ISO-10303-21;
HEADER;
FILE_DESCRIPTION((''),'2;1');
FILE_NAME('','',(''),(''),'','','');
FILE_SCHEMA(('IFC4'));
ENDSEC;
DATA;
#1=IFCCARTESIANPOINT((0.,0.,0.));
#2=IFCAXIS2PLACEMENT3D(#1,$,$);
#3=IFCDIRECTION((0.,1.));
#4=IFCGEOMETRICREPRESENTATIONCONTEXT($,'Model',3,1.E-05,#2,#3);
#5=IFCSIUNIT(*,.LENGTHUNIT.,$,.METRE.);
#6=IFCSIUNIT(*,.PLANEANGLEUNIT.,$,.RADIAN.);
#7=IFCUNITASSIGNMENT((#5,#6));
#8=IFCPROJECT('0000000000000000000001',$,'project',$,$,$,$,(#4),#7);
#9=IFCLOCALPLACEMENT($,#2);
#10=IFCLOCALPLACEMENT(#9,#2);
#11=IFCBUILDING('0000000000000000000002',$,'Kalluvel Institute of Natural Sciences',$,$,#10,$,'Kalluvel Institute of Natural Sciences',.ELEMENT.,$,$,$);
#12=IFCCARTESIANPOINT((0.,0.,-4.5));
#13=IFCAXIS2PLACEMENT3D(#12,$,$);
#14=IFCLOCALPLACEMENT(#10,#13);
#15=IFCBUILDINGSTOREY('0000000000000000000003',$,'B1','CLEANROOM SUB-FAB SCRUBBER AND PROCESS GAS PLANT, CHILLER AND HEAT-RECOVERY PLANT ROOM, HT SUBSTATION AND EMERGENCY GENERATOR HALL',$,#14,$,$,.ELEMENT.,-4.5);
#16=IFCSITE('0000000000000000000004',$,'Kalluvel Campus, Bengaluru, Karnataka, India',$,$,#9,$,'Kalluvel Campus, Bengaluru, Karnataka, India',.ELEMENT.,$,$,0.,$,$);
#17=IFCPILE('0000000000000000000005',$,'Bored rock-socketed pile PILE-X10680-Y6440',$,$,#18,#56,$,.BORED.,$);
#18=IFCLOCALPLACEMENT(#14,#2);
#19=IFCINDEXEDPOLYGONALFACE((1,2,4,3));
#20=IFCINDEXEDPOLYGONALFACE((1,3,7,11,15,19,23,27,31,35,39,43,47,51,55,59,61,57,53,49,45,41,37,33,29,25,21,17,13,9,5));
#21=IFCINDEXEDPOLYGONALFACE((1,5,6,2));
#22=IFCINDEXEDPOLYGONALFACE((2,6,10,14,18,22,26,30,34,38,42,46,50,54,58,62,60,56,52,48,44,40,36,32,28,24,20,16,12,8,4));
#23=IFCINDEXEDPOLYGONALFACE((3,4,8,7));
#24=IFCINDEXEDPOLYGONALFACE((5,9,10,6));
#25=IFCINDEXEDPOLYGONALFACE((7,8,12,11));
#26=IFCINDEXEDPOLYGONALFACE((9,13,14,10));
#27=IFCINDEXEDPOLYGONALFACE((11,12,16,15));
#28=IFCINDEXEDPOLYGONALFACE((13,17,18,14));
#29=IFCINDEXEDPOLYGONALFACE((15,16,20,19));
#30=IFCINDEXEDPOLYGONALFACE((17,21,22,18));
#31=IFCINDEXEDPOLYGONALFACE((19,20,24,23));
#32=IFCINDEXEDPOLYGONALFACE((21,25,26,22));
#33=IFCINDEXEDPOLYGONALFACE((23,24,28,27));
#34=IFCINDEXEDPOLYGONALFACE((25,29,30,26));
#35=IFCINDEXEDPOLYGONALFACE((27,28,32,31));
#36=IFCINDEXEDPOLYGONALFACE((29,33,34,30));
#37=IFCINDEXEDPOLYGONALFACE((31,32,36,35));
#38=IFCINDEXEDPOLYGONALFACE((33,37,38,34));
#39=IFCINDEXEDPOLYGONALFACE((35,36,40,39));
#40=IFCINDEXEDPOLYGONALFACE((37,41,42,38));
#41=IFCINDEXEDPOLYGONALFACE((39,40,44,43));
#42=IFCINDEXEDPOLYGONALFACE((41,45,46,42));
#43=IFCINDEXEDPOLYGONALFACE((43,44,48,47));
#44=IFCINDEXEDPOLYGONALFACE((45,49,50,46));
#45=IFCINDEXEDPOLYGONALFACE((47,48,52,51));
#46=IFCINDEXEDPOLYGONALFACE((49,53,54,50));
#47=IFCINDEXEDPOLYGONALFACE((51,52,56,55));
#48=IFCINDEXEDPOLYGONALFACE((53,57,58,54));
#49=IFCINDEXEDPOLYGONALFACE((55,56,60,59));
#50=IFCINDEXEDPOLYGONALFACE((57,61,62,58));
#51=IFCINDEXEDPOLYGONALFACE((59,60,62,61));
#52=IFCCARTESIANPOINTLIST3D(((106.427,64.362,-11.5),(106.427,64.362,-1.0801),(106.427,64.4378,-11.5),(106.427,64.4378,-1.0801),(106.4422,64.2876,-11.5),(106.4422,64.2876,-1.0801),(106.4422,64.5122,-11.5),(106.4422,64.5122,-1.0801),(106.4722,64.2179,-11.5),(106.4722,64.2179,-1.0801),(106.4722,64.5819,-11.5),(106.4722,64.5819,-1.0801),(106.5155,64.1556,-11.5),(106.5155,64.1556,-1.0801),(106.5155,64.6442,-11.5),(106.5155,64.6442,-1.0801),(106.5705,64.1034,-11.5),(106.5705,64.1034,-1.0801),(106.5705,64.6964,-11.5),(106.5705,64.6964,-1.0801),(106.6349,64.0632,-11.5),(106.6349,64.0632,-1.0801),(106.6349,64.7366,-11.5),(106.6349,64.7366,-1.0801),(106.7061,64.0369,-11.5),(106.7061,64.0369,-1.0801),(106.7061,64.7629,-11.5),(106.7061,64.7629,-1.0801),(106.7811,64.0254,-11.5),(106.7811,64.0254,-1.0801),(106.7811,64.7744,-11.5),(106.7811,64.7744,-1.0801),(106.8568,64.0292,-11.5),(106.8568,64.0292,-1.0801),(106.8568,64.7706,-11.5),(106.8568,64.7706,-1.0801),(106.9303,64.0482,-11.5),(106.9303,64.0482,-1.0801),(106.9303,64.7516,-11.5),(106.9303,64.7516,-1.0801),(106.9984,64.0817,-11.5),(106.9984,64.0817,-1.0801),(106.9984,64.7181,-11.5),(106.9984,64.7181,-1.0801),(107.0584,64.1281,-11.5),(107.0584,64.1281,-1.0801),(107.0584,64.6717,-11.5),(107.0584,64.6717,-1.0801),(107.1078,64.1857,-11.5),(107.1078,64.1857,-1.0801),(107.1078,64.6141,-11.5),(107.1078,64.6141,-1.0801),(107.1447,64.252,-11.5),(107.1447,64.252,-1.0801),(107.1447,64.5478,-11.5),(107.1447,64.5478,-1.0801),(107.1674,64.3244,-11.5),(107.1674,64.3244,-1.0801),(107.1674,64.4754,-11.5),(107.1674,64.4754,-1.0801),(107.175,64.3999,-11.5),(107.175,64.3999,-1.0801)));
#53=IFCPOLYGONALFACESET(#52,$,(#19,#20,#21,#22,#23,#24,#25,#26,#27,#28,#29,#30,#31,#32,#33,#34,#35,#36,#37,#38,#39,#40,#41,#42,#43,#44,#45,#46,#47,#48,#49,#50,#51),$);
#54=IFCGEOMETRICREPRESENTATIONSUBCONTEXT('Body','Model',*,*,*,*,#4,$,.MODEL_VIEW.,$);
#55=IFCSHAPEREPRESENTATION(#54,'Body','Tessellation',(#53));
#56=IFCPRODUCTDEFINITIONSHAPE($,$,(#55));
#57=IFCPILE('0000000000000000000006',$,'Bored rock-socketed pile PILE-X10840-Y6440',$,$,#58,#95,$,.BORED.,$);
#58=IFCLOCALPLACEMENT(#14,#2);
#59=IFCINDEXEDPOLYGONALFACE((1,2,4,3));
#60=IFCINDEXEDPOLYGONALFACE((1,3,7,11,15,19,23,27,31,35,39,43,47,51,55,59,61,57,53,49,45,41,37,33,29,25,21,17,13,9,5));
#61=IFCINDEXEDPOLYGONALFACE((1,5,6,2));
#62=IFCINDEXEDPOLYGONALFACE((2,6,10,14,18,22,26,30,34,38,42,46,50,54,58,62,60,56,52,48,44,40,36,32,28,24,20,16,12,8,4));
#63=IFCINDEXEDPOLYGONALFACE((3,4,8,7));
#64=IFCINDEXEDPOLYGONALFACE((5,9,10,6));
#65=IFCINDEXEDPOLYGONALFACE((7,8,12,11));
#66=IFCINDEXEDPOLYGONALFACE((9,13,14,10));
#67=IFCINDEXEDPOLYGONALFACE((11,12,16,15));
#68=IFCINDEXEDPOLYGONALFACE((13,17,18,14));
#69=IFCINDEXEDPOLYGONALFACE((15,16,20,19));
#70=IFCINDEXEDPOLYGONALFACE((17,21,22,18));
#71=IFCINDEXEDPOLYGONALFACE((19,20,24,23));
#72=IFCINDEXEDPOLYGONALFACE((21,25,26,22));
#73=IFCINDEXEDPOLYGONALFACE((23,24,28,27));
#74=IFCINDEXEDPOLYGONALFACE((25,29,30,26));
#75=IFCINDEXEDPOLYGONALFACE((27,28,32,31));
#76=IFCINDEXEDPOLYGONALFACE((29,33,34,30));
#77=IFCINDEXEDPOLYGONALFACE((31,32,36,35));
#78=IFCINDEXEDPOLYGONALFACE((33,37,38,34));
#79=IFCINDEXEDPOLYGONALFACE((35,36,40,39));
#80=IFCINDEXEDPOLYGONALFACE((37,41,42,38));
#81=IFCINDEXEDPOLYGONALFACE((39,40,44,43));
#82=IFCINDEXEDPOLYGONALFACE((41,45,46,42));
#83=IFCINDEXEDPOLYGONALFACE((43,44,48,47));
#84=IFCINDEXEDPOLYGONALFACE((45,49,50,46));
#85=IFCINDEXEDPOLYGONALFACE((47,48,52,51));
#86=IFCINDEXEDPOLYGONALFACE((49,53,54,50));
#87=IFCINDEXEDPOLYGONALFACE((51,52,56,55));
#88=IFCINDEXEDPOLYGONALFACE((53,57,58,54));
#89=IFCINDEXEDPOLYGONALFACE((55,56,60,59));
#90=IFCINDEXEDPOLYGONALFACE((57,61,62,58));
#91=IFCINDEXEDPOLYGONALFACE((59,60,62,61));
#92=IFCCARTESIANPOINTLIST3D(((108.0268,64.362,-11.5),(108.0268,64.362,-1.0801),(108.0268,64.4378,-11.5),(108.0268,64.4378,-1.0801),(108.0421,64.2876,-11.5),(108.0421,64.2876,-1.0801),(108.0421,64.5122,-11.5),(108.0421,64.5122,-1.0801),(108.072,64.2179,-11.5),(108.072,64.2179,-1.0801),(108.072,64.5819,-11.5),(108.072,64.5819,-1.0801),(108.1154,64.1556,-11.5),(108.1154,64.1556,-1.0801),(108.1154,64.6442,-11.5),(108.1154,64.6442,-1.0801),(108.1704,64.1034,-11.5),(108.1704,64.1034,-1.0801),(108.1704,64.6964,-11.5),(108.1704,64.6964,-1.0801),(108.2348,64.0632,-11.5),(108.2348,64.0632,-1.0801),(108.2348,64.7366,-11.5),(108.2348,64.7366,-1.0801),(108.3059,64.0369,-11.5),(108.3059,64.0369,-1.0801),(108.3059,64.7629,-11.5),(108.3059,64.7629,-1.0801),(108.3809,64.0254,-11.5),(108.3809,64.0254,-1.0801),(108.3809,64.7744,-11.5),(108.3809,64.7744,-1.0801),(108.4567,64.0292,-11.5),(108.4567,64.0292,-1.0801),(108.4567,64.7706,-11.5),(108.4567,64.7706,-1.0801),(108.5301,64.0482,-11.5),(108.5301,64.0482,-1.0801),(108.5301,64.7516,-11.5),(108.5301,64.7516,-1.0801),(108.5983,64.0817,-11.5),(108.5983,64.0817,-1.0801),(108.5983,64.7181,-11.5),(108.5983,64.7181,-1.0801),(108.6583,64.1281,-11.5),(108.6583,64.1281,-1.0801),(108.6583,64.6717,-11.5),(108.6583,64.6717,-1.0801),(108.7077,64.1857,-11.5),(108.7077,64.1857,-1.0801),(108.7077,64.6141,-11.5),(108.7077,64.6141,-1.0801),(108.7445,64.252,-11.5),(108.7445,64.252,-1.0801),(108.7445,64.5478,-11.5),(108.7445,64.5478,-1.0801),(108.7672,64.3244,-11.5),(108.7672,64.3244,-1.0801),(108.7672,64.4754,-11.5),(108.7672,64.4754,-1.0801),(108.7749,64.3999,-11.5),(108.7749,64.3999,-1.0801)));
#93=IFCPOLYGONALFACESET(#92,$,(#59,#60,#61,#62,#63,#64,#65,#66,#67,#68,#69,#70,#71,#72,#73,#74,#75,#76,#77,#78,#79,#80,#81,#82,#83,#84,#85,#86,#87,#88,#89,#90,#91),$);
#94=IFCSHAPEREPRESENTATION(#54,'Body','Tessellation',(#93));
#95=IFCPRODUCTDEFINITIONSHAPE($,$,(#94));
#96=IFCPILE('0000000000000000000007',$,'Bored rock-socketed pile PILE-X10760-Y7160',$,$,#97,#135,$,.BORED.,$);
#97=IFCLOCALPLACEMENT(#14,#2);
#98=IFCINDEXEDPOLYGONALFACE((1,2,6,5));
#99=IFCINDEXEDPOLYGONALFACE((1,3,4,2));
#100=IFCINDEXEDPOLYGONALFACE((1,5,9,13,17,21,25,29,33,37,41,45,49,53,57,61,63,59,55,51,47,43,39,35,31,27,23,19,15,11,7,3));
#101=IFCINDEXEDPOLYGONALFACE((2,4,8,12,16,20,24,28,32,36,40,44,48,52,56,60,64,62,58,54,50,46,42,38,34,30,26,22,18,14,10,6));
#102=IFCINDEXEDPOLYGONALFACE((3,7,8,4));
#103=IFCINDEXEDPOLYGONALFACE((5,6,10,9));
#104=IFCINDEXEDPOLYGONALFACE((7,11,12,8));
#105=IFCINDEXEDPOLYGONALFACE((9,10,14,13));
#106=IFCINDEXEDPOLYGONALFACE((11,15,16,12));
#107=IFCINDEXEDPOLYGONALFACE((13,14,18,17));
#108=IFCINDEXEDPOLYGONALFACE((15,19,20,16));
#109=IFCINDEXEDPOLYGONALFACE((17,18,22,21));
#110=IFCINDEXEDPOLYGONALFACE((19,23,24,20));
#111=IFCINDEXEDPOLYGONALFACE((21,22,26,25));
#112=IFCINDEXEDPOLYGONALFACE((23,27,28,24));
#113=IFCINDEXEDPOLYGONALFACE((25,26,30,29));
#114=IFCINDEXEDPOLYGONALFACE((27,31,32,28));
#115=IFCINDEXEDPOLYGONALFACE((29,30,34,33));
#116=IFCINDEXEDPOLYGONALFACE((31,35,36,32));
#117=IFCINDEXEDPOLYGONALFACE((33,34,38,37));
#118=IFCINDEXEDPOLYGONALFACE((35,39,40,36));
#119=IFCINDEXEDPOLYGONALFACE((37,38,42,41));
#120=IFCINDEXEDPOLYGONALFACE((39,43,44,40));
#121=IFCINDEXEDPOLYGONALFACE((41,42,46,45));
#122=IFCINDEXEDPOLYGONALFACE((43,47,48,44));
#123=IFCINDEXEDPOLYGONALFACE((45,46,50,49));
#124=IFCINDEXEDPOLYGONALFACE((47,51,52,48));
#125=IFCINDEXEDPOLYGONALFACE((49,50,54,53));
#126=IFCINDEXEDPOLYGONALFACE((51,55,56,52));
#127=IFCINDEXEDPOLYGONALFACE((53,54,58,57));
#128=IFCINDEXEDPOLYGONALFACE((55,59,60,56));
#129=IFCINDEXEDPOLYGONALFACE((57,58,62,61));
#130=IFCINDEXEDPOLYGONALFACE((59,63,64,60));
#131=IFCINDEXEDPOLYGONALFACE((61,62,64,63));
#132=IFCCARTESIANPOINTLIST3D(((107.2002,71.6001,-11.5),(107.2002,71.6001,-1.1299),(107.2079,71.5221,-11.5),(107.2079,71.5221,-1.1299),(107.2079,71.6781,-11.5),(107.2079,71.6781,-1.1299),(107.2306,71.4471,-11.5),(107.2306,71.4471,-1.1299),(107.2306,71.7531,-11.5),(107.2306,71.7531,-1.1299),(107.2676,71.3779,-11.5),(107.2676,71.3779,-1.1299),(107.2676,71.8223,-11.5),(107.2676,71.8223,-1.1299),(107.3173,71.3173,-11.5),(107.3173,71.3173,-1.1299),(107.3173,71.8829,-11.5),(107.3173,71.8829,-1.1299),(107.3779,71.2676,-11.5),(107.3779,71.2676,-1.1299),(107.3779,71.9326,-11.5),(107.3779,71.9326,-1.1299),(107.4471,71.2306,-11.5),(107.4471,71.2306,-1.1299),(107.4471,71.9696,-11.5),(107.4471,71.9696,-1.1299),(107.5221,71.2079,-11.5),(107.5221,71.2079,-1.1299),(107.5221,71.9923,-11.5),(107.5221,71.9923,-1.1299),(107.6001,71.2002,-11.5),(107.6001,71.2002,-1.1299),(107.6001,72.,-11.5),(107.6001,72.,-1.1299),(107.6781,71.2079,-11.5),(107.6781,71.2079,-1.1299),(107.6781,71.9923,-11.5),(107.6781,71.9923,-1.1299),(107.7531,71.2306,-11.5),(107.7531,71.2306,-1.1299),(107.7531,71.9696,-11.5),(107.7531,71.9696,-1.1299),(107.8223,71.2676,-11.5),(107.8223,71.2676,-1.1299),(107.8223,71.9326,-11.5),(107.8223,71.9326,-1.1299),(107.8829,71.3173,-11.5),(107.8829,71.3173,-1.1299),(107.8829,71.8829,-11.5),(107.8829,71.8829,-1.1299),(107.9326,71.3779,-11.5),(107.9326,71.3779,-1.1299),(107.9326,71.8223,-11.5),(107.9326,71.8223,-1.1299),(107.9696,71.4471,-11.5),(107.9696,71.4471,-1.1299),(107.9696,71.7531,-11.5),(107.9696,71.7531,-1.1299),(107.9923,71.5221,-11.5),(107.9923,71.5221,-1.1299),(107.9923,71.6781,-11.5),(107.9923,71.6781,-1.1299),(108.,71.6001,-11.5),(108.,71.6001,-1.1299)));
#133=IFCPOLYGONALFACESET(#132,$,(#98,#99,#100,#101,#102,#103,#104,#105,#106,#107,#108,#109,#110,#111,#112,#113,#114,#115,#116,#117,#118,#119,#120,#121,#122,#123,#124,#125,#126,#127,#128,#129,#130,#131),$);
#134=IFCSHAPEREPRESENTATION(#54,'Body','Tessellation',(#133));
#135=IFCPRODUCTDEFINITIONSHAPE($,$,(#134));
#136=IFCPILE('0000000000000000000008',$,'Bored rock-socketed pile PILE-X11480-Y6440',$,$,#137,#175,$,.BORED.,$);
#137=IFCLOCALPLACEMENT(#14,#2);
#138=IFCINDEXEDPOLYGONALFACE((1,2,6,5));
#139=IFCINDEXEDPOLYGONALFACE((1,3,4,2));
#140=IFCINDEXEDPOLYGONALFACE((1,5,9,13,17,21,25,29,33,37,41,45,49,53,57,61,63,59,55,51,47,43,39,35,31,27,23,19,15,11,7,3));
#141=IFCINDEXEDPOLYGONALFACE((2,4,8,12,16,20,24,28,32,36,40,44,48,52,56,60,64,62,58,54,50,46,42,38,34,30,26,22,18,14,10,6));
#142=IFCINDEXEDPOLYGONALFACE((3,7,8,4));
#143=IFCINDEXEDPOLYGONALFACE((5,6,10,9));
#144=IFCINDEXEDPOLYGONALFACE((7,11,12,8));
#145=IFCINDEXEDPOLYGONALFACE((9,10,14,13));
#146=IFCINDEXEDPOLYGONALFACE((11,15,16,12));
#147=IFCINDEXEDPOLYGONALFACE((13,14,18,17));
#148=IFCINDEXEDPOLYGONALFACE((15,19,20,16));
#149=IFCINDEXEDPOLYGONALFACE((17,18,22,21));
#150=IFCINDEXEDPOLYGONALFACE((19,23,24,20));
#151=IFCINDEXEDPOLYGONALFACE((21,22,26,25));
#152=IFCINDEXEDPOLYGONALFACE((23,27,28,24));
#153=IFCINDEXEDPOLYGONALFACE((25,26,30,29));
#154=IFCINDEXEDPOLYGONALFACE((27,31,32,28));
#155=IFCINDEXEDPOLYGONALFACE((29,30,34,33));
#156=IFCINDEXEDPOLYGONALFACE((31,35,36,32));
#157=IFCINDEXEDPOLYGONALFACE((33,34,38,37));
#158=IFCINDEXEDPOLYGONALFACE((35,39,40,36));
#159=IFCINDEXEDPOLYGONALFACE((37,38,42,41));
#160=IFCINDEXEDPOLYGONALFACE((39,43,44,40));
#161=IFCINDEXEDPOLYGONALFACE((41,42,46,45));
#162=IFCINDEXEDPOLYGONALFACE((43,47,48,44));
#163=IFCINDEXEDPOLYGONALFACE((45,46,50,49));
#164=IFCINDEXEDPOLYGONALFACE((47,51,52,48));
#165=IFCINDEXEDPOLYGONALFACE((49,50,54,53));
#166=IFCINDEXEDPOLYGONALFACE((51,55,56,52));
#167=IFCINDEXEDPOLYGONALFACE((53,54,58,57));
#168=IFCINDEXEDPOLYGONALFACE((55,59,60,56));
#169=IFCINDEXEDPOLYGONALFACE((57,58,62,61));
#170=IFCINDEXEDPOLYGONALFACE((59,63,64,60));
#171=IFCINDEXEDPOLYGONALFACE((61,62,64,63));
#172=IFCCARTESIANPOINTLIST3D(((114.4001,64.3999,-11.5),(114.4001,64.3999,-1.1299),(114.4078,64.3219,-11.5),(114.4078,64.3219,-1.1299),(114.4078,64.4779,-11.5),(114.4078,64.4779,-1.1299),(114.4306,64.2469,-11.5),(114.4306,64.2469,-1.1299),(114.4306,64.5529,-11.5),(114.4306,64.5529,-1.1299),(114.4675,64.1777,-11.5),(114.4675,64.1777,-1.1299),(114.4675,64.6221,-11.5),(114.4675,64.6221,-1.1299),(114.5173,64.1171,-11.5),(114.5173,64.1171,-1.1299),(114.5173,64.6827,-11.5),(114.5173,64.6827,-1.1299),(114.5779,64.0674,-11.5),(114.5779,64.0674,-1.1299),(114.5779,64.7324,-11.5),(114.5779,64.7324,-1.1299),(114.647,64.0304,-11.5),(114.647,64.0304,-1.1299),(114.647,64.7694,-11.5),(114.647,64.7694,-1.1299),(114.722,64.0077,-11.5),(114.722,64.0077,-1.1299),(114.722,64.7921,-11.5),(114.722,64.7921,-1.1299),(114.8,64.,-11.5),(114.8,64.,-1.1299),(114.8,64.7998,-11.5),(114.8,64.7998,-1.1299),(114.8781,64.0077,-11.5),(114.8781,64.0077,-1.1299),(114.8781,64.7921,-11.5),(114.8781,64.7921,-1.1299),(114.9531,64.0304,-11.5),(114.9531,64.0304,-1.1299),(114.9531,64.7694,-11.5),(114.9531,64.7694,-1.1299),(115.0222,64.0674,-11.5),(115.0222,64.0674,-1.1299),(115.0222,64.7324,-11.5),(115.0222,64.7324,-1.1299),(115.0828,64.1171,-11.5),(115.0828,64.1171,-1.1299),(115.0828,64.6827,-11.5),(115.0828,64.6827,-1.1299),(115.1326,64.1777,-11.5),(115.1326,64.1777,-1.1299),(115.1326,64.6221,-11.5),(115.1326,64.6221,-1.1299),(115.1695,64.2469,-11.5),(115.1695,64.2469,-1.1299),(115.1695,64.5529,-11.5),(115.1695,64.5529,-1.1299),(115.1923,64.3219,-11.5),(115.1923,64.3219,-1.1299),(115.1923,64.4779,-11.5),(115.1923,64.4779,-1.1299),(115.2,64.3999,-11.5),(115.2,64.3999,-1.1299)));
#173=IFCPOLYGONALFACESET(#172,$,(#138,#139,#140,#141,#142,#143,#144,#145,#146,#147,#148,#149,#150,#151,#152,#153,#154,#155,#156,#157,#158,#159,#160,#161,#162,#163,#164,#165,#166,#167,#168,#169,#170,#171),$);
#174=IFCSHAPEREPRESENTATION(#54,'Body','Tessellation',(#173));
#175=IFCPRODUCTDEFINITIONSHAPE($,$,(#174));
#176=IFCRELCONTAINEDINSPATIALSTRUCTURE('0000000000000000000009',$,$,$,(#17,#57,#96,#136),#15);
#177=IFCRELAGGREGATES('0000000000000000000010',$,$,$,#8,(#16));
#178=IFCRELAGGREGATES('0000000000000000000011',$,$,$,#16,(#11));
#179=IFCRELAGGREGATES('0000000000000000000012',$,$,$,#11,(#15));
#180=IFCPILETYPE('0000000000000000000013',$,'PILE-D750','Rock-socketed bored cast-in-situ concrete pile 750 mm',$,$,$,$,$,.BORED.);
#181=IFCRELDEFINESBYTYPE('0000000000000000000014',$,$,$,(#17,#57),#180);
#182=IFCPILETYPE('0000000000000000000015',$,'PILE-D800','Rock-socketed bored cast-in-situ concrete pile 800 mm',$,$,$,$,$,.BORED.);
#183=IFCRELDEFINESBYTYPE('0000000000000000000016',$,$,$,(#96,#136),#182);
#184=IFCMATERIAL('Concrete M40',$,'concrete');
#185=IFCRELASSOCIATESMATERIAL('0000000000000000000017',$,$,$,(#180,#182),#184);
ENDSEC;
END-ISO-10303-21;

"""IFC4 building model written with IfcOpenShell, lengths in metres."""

from ifc_helpers import new_model, si_unit, direction, frame, origin, origin_2d, place, context, subcontext, project, spatial, circle, extrude, material, material_profile, profile_set, type_object, element, save


model = new_model("IFC4")

# Units and contexts
model_context = context("Model", 3, precision=1e-05, world=origin(), true_north=direction((0.0, 1.0)))
body_context = subcontext(model_context, "Body", "Model", "MODEL_VIEW")
ifc_project = project(units=[si_unit("LENGTHUNIT", "METRE"), si_unit("PLANEANGLEUNIT", "RADIAN")], contexts=[model_context])

# Site, building, storey
site_placement = place(None, origin())
site = spatial("IfcSite", under=ifc_project, at=site_placement, Name="Kalluvel Campus, Bengaluru, Karnataka, India", LongName="Kalluvel Campus, Bengaluru, Karnataka, India", CompositionType="ELEMENT", RefElevation=0.0)
building_placement = place(site_placement, origin())
building = spatial("IfcBuilding", under=site, at=building_placement, Name="Kalluvel Institute of Natural Sciences", LongName="Kalluvel Institute of Natural Sciences", CompositionType="ELEMENT")
storey_placement = place(building_placement, frame((0.0, 0.0, -4.5)))
storey = spatial("IfcBuildingStorey", under=building, at=storey_placement, Name="B1", Description="CLEANROOM SUB-FAB SCRUBBER AND PROCESS GAS PLANT, CHILLER AND HEAT-RECOVERY PLANT ROOM, HT SUBSTATION AND EMERGENCY GENERATOR HALL", CompositionType="ELEMENT", Elevation=-4.5)

# Shared definitions
ifc_material = material(Name="Concrete M40", Category="concrete")

# Piles
ifc_material_profile_1 = material_profile(ifc_material, circle(Radius=0.375, at=origin_2d()), Name="PILE D750")
ifc_profile_set_1 = profile_set([ifc_material_profile_1], Name="Concrete M40")
pile_type_1 = type_object("IfcPileType", Name="PILE-D750", Description="Rock-socketed bored cast-in-situ concrete pile 750 mm", PredefinedType="BORED", material=ifc_profile_set_1)
for number, where, z_axis, x_axis, name in (
    (1, (106.8, 64.3999, -1.0801), (0.0, 0.0, -1.0), (1.0, 0.0, 0.0), "Bored rock-socketed pile PILE-X10680-Y6440"),
    (2, (108.3999, 64.3999, -1.0801), (0.0, 0.0, -1.0), (1.0, 0.0, 0.0), "Bored rock-socketed pile PILE-X10840-Y6440"),
):
    element("IfcPile", number, at=place(storey_placement, frame(where, z_axis=z_axis, x_axis=x_axis)), inside=storey, type_object=pile_type_1, Name=name, PredefinedType="BORED", context=body_context, shape_type="SweptSolid", body=[
        extrude(circle(Radius=0.375, at=origin_2d()), origin(), (0.0, 0.0, 1.0), 10.4199),
    ])
ifc_material_profile_2 = material_profile(ifc_material, circle(Radius=0.3999, at=origin_2d()), Name="PILE D800")
ifc_profile_set_2 = profile_set([ifc_material_profile_2], Name="Concrete M40")
pile_type_2 = type_object("IfcPileType", Name="PILE-D800", Description="Rock-socketed bored cast-in-situ concrete pile 800 mm", PredefinedType="BORED", material=ifc_profile_set_2)
for number, where, z_axis, x_axis, name in (
    (3, (107.6001, 71.6001, -1.1299), (0.0, 0.0, -1.0), (1.0, 0.0, 0.0), "Bored rock-socketed pile PILE-X10760-Y7160"),
    (4, (114.8, 64.3999, -1.1299), (0.0, 0.0, -1.0), (1.0, 0.0, 0.0), "Bored rock-socketed pile PILE-X11480-Y6440"),
):
    element("IfcPile", number, at=place(storey_placement, frame(where, z_axis=z_axis, x_axis=x_axis)), inside=storey, type_object=pile_type_2, Name=name, PredefinedType="BORED", context=body_context, shape_type="SweptSolid", body=[
        extrude(circle(Radius=0.3999, at=origin_2d()), origin(), (0.0, 0.0, 1.0), 10.3701),
    ])

save(model, "model.ifc")
